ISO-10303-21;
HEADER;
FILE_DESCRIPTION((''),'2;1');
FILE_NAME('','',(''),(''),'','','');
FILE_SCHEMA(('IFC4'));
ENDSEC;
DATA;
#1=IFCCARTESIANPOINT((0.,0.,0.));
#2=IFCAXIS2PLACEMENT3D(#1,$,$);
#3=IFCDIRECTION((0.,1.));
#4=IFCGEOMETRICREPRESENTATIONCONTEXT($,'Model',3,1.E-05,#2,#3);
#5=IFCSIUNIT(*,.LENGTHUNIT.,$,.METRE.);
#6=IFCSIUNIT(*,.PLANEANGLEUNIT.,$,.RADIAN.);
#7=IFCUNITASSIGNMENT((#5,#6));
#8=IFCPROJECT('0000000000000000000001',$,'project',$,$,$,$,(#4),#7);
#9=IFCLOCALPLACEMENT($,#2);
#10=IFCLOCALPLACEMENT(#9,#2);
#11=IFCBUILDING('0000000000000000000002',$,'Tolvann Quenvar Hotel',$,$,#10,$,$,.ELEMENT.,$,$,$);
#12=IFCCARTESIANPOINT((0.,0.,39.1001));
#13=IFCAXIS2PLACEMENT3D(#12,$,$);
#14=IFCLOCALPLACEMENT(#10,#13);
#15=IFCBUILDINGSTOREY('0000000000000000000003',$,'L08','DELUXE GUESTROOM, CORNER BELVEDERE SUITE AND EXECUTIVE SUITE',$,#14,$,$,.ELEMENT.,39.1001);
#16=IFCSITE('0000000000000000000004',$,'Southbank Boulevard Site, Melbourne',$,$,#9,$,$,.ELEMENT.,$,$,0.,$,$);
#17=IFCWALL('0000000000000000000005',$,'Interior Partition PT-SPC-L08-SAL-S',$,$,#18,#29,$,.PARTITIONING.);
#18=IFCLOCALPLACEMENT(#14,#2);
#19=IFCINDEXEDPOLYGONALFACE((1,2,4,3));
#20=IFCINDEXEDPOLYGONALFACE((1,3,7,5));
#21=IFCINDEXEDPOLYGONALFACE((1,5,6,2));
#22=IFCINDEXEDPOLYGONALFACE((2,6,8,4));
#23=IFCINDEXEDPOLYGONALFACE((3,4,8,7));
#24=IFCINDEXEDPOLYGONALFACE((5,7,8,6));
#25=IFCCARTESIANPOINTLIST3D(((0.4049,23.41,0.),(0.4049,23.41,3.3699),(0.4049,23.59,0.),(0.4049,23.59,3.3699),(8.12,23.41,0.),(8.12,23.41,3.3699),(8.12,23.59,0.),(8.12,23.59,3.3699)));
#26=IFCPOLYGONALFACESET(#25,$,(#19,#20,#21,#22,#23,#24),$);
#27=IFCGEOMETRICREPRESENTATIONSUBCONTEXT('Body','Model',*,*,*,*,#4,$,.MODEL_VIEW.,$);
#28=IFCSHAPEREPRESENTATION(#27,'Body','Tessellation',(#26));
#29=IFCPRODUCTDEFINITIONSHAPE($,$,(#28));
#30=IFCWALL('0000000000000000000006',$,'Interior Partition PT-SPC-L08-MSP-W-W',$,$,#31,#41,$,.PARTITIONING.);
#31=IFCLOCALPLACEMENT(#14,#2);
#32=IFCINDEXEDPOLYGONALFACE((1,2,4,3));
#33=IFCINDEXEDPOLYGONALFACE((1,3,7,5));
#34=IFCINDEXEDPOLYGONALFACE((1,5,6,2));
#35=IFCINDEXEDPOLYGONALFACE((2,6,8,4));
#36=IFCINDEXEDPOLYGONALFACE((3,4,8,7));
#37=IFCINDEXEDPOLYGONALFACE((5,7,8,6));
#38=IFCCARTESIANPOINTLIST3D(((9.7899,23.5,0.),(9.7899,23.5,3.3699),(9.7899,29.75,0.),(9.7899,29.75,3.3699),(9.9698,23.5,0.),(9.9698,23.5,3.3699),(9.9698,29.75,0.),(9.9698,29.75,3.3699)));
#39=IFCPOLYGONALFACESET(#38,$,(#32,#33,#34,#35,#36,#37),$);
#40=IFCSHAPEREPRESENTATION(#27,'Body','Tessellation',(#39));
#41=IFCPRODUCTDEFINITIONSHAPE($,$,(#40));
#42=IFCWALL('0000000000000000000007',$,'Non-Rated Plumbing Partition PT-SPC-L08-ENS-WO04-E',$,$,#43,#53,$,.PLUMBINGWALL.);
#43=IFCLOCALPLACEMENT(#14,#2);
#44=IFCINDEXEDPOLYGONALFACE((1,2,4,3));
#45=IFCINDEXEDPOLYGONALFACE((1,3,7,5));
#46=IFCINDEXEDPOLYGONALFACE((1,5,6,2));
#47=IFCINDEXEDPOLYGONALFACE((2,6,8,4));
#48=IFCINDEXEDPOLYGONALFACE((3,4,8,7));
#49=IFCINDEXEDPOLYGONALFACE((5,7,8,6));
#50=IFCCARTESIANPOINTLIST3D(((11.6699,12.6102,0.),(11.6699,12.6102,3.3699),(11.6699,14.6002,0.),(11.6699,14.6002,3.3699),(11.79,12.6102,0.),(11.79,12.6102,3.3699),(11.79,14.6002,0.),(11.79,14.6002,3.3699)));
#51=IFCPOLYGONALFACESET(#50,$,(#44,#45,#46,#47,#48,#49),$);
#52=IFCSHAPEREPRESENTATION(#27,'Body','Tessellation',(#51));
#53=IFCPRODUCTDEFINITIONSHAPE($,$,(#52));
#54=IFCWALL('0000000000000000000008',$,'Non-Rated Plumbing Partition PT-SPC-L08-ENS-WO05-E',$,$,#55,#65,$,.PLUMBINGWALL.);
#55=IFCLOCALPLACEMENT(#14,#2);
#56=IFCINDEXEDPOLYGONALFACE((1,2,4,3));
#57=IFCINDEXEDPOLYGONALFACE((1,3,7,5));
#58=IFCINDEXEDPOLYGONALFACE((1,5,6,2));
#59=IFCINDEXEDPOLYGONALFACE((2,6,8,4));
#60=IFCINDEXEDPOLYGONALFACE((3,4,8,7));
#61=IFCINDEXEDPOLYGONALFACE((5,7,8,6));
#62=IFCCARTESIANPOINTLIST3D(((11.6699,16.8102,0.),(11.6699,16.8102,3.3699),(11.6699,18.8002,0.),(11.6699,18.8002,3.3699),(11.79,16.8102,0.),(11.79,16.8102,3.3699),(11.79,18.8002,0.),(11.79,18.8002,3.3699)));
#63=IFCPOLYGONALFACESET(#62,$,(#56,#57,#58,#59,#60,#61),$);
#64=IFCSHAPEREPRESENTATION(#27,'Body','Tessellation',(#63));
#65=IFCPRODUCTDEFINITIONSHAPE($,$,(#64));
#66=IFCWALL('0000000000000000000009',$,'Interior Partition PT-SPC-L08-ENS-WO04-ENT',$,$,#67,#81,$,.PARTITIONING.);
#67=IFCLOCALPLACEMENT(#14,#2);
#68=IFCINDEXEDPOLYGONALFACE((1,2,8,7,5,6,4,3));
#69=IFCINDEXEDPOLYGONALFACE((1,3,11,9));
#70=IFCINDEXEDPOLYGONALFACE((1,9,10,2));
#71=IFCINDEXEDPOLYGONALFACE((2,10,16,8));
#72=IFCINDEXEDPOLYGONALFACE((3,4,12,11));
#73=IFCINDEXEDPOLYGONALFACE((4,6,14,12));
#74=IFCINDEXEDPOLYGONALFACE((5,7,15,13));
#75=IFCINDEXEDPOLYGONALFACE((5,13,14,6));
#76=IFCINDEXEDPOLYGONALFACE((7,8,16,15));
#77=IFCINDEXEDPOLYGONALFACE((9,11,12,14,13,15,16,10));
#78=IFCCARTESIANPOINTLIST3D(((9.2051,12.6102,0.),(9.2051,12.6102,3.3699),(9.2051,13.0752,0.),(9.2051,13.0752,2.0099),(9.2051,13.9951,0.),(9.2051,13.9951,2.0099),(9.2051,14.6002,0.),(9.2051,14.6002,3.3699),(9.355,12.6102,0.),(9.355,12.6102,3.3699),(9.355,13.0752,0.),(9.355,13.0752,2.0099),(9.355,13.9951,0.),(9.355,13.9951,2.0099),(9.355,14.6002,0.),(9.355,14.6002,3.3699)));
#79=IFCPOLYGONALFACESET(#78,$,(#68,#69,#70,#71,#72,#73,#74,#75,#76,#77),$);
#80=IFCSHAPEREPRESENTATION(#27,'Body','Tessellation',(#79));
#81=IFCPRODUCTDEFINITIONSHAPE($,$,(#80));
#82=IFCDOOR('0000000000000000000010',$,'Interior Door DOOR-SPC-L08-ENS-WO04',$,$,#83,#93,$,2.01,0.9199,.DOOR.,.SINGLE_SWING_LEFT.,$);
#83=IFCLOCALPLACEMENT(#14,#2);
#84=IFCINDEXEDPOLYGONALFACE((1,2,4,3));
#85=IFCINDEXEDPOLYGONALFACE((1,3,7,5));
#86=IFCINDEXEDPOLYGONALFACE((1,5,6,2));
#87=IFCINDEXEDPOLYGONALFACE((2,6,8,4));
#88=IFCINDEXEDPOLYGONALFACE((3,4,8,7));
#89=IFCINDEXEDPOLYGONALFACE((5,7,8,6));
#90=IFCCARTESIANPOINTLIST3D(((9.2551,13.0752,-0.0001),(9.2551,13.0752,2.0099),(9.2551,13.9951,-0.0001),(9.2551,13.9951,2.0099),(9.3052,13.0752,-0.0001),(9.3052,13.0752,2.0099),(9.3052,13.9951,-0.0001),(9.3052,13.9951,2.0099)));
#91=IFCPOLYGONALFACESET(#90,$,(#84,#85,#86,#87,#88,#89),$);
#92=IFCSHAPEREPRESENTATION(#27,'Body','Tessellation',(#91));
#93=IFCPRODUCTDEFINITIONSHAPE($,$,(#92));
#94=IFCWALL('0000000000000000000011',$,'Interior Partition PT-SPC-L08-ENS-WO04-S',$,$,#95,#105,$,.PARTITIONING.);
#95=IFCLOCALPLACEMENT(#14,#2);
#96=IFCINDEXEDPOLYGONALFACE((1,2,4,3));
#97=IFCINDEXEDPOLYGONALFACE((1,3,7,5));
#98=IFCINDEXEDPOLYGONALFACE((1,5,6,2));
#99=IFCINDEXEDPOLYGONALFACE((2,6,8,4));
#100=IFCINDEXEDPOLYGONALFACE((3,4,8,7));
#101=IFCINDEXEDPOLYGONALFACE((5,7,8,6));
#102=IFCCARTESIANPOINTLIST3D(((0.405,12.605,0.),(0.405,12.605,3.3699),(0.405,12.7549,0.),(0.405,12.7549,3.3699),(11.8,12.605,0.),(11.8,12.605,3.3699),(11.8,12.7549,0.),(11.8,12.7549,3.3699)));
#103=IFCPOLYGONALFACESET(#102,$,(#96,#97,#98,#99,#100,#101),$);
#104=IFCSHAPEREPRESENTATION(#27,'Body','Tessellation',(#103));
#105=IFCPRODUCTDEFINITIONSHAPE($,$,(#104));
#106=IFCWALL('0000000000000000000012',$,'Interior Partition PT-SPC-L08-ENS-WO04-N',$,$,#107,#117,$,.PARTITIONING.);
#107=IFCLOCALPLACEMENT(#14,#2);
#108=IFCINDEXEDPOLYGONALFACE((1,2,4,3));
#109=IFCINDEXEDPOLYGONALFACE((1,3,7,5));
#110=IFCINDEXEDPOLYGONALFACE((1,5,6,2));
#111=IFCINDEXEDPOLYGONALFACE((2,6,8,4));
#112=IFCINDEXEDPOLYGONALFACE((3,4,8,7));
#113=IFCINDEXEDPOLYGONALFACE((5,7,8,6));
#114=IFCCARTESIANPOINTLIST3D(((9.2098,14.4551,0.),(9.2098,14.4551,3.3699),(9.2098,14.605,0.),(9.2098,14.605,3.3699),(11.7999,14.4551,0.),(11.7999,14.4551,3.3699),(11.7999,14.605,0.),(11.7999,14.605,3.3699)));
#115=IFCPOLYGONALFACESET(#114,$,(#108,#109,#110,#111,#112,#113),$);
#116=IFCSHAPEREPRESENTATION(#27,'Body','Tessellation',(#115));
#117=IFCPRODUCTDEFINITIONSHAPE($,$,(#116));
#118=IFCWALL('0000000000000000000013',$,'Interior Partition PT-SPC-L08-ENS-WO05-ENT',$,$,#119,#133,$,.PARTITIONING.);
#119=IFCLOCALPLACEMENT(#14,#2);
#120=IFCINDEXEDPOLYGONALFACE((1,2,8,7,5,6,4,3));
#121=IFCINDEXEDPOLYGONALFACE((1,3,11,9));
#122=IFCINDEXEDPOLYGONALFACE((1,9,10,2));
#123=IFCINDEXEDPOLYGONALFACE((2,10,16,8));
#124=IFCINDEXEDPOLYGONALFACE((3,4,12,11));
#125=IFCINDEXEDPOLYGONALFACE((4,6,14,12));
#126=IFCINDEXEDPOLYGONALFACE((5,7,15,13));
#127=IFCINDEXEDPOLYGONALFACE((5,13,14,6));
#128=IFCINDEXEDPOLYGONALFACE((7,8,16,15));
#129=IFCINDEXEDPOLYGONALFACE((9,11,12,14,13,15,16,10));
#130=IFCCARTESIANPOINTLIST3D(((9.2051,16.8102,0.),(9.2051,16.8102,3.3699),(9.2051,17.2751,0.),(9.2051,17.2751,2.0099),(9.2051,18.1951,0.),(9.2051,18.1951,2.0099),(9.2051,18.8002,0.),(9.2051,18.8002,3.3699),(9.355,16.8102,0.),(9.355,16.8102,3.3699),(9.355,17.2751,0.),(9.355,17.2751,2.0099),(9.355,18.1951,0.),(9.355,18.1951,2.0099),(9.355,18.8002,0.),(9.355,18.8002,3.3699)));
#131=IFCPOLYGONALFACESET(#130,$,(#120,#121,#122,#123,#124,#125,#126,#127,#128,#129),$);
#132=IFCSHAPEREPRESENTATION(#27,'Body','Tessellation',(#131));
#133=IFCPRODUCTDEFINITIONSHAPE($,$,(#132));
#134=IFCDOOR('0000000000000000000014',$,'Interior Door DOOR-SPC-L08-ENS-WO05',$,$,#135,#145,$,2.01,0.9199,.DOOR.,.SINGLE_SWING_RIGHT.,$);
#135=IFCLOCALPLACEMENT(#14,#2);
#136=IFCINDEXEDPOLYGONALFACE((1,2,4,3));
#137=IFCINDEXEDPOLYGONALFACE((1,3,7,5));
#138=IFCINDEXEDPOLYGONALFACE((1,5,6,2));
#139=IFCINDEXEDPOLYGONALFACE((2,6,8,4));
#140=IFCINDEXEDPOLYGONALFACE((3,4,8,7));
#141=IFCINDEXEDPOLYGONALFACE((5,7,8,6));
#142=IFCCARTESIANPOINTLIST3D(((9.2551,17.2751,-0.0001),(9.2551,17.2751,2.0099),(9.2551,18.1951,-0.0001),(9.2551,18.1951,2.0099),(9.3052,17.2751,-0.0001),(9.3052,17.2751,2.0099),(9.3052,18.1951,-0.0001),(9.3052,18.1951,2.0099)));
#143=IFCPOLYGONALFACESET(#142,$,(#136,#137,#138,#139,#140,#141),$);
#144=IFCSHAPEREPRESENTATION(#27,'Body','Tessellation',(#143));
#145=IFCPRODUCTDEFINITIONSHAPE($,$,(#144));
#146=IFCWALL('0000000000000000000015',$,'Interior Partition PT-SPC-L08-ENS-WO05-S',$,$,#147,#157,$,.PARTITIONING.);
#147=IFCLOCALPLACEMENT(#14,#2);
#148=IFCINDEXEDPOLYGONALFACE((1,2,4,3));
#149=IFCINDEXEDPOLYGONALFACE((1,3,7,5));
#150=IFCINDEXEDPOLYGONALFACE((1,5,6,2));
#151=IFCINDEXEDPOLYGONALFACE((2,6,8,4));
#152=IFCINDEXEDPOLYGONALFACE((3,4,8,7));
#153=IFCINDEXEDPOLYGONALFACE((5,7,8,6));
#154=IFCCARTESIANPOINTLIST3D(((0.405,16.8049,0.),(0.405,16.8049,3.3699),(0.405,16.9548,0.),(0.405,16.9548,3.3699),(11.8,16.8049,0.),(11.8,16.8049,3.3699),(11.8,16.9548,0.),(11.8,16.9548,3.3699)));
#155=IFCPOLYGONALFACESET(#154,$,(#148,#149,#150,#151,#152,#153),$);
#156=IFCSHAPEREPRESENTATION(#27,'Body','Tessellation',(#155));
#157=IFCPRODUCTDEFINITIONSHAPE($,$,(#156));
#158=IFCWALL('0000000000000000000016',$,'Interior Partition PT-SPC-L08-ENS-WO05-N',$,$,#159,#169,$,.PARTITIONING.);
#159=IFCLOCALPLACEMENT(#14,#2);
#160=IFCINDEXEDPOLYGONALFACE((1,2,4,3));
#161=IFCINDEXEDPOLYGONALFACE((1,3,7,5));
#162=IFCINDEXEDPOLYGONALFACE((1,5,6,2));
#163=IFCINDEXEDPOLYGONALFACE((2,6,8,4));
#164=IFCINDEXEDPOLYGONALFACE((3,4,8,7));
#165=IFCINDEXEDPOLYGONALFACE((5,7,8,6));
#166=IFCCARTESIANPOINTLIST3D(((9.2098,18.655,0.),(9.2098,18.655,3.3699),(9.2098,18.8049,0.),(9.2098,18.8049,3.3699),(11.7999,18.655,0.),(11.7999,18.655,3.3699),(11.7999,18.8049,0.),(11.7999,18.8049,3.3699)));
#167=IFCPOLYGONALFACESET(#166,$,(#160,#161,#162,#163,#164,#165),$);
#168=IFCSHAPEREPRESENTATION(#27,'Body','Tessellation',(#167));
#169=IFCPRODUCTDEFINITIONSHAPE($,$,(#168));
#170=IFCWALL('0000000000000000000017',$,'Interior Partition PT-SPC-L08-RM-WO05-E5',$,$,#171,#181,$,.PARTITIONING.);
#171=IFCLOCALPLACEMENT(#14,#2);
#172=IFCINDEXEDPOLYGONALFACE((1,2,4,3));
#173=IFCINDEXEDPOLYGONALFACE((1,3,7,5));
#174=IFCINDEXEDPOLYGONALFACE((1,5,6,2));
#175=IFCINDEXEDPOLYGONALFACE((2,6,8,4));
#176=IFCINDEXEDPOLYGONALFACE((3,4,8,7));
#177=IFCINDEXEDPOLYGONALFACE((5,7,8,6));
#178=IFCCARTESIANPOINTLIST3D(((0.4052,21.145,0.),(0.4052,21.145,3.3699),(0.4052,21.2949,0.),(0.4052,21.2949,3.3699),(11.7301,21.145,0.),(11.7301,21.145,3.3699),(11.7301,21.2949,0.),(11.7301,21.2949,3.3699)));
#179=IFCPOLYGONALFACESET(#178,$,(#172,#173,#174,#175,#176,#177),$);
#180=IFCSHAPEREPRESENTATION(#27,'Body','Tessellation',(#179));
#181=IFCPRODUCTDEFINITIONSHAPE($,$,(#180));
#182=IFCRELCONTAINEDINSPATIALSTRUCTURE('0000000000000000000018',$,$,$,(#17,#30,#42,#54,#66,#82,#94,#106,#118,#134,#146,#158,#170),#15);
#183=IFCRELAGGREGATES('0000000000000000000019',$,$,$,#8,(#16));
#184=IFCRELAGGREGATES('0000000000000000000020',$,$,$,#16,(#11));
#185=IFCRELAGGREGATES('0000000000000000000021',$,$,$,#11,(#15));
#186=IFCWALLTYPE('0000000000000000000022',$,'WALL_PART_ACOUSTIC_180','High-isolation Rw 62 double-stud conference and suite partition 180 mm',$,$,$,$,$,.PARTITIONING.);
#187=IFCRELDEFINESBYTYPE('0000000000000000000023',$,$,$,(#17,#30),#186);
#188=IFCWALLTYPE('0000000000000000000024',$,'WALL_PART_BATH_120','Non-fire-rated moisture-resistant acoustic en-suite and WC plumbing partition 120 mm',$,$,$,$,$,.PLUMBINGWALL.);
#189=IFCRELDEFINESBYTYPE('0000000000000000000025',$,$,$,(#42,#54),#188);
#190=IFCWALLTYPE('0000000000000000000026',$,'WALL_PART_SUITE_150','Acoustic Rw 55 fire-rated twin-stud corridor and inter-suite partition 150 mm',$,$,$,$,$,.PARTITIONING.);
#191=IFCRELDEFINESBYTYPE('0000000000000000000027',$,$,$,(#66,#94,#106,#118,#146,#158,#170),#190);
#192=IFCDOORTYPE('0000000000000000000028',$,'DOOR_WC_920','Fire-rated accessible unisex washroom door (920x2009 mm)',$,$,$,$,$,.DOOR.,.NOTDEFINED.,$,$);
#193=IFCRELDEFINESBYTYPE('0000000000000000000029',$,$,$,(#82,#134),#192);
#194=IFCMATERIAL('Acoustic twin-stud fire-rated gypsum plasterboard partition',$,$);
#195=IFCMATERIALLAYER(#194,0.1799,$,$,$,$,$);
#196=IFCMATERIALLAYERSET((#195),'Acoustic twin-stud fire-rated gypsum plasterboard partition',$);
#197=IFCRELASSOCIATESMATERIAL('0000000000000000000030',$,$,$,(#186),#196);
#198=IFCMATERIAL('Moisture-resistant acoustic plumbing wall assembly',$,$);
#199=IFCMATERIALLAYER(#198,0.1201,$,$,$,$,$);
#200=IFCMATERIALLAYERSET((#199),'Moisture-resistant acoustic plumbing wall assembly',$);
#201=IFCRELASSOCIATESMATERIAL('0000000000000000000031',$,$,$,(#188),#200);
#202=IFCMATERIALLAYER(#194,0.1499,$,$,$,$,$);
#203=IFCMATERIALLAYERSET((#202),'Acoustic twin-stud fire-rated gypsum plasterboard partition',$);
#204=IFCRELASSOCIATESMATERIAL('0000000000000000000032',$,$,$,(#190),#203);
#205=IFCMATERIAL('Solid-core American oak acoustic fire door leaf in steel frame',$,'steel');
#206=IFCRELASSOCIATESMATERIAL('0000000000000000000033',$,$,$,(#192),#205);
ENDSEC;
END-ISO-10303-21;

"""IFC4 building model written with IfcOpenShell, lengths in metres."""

from ifc_helpers import new_model, si_unit, direction, frame, frame_2d, origin, place, context, subcontext, project, spatial, rectangle, extrude, source, transform, mapped, material, layer, layer_set, type_object, type_shapes, element, fill, save


model = new_model("IFC4")

# Units and contexts
model_context = context("Model", 3, precision=1e-05, world=origin(), true_north=direction((0.0, 1.0)))
body_context = subcontext(model_context, "Body", "Model", "MODEL_VIEW")
ifc_project = project(units=[si_unit("LENGTHUNIT", "METRE"), si_unit("PLANEANGLEUNIT", "RADIAN")], contexts=[model_context])

# Site, building, storey
site_placement = place(None, origin())
site = spatial("IfcSite", under=ifc_project, at=site_placement, Name="Southbank Boulevard Site, Melbourne", CompositionType="ELEMENT", RefElevation=0.0)
building_placement = place(site_placement, origin())
building = spatial("IfcBuilding", under=site, at=building_placement, Name="Tolvann Quenvar Hotel", CompositionType="ELEMENT")
storey_placement = place(building_placement, frame((0.0, 0.0, 39.1001)))
storey = spatial("IfcBuildingStorey", under=building, at=storey_placement, Name="L08", Description="DELUXE GUESTROOM, CORNER BELVEDERE SUITE AND EXECUTIVE SUITE", CompositionType="ELEMENT", Elevation=39.1001)

# Shared definitions
ifc_material_1 = material(Name="Acoustic twin-stud fire-rated gypsum plasterboard partition")
ifc_layer_1 = layer(ifc_material_1, 0.1799)
ifc_layer_set_1 = layer_set([ifc_layer_1], Name="Acoustic twin-stud fire-rated gypsum plasterboard partition")
wall_type_1 = type_object("IfcWallType", Name="WALL_PART_ACOUSTIC_180", Description="High-isolation Rw 62 double-stud conference and suite partition 180 mm", PredefinedType="PARTITIONING", material=ifc_layer_set_1)
ifc_material_2 = material(Name="Solid-core American oak acoustic fire door leaf in steel frame", Category="steel")

# Wall
wall_1_placement = place(storey_placement, frame((0.405, 23.5, 0.0), z_axis=(0.0, 0.0, 1.0), x_axis=(1.0, 0.0, 0.0)))
element("IfcWall", 1, at=wall_1_placement, inside=storey, type_object=wall_type_1, Name="Interior Partition PT-SPC-L08-SAL-S", PredefinedType="PARTITIONING", context=body_context, shape_type="SweptSolid", body=[
    extrude(rectangle(XDim=7.7151, YDim=0.1799, at=frame_2d((3.8574, 0.0))), origin(), (0.0, 0.0, 1.0), 3.3699),
])

# Walls
wall_2_placement = place(storey_placement, frame((9.8799, 23.5, 0.0), z_axis=(0.0, 0.0, 1.0), x_axis=(0.0, 1.0, 0.0)))
element("IfcWall", 2, at=wall_2_placement, inside=storey, type_object=wall_type_1, Name="Interior Partition PT-SPC-L08-MSP-W-W", PredefinedType="PARTITIONING", context=body_context, shape_type="SweptSolid", body=[
    extrude(rectangle(XDim=6.25, YDim=0.1799, at=frame_2d((3.125, 0.0))), origin(), (0.0, 0.0, 1.0), 3.3699),
])
ifc_material_3 = material(Name="Moisture-resistant acoustic plumbing wall assembly")
ifc_layer_2 = layer(ifc_material_3, 0.1201)
ifc_layer_set_2 = layer_set([ifc_layer_2], Name="Moisture-resistant acoustic plumbing wall assembly")
wall_type_2 = type_object("IfcWallType", Name="WALL_PART_BATH_120", Description="Non-fire-rated moisture-resistant acoustic en-suite and WC plumbing partition 120 mm", PredefinedType="PLUMBINGWALL", material=ifc_layer_set_2)
for number, where, z_axis, x_axis, name in (
    (3, (11.73, 12.6101, 0.0), (0.0, 0.0, 1.0), (0.0, 1.0, 0.0), "Non-Rated Plumbing Partition PT-SPC-L08-ENS-WO04-E"),
    (4, (11.73, 16.8101, 0.0), (0.0, 0.0, 1.0), (0.0, 1.0, 0.0), "Non-Rated Plumbing Partition PT-SPC-L08-ENS-WO05-E"),
):
    element("IfcWall", number, at=place(storey_placement, frame(where, z_axis=z_axis, x_axis=x_axis)), inside=storey, type_object=wall_type_2, Name=name, PredefinedType="PLUMBINGWALL", context=body_context, shape_type="SweptSolid", body=[
        extrude(rectangle(XDim=1.99, YDim=0.1201, at=frame_2d((0.9951, 0.0))), origin(), (0.0, 0.0, 1.0), 3.3699),
    ])

# Wall, opening, door
ifc_layer_3 = layer(ifc_material_1, 0.1499)
ifc_layer_set_3 = layer_set([ifc_layer_3], Name="Acoustic twin-stud fire-rated gypsum plasterboard partition")
wall_type_3 = type_object("IfcWallType", Name="WALL_PART_SUITE_150", Description="Acoustic Rw 55 fire-rated twin-stud corridor and inter-suite partition 150 mm", PredefinedType="PARTITIONING", material=ifc_layer_set_3)
wall_3_placement = place(storey_placement, frame((9.28, 12.6101, 0.0), z_axis=(0.0, 0.0, 1.0), x_axis=(0.0, 1.0, 0.0)))
wall_3 = element("IfcWall", 5, at=wall_3_placement, inside=storey, type_object=wall_type_3, Name="Interior Partition PT-SPC-L08-ENS-WO04-ENT", PredefinedType="PARTITIONING", context=body_context, shape_type="SweptSolid", body=[
    extrude(rectangle(XDim=1.99, YDim=0.1499, at=frame_2d((0.9951, 0.0))), origin(), (0.0, 0.0, 1.0), 3.3699),
])
opening_1_placement = place(wall_3_placement, frame((0.4651, 0.0, 0.0)))
opening_1 = element("IfcOpeningElement", 6, at=opening_1_placement, cuts=wall_3, PredefinedType="OPENING", context=body_context, shape_type="SweptSolid", body=[
    extrude(rectangle(XDim=0.9199, YDim=2.01, at=frame_2d((0.46, 1.0049))), frame((0.0, 0.085, 0.0), z_axis=(0.0, -1.0, 0.0), x_axis=(1.0, 0.0, 0.0)), (0.0, 0.0, 1.0), 0.1699),
])
door_type_1 = type_object("IfcDoorType", Name="DOOR_WC_920", Description="Fire-rated accessible unisex washroom door (920x2009 mm)", OperationType="NOTDEFINED", PredefinedType="DOOR", material=ifc_material_2)
shared_shape_1 = source(origin(), body_context, "Body", "SweptSolid", [
    extrude(rectangle(XDim=0.9199, YDim=2.01, at=frame_2d((0.46, 1.0049))), frame((0.0, 0.0249, 0.0), z_axis=(0.0, -1.0, 0.0), x_axis=(1.0, 0.0, 0.0)), (0.0, 0.0, 1.0), 0.05),
])
type_shapes(door_type_1, [shared_shape_1])
door_1_placement = place(opening_1_placement, origin())
door_1 = element("IfcDoor", 7, at=door_1_placement, inside=storey, type_object=door_type_1, Name="Interior Door DOOR-SPC-L08-ENS-WO04", OperationType="SINGLE_SWING_LEFT", OverallHeight=2.01, OverallWidth=0.9199, PredefinedType="DOOR", context=body_context, shape_type="MappedRepresentation", body=[
    mapped(shared_shape_1, transform((0.0, 0.0, 0.0), x_axis=(1.0, 0.0, 0.0), y_axis=(0.0, 1.0, 0.0), z_axis=(0.0, 0.0, 1.0), scale=1.0)),
])
fill(opening_1, door_1)

# Walls
wall_4_placement = place(storey_placement, frame((0.405, 12.6799, 0.0), z_axis=(0.0, 0.0, 1.0), x_axis=(1.0, 0.0, 0.0)))
element("IfcWall", 8, at=wall_4_placement, inside=storey, type_object=wall_type_3, Name="Interior Partition PT-SPC-L08-ENS-WO04-S", PredefinedType="PARTITIONING", context=body_context, shape_type="SweptSolid", body=[
    extrude(rectangle(XDim=11.395, YDim=0.1499, at=frame_2d((5.6975, 0.0))), origin(), (0.0, 0.0, 1.0), 3.3699),
])
wall_5_placement = place(storey_placement, frame((9.21, 14.53, 0.0), z_axis=(0.0, 0.0, 1.0), x_axis=(1.0, 0.0, 0.0)))
element("IfcWall", 9, at=wall_5_placement, inside=storey, type_object=wall_type_3, Name="Interior Partition PT-SPC-L08-ENS-WO04-N", PredefinedType="PARTITIONING", context=body_context, shape_type="SweptSolid", body=[
    extrude(rectangle(XDim=2.5901, YDim=0.1499, at=frame_2d((1.2949, 0.0))), origin(), (0.0, 0.0, 1.0), 3.3699),
])

# Wall, opening, door
wall_6_placement = place(storey_placement, frame((9.28, 16.8101, 0.0), z_axis=(0.0, 0.0, 1.0), x_axis=(0.0, 1.0, 0.0)))
wall_6 = element("IfcWall", 10, at=wall_6_placement, inside=storey, type_object=wall_type_3, Name="Interior Partition PT-SPC-L08-ENS-WO05-ENT", PredefinedType="PARTITIONING", context=body_context, shape_type="SweptSolid", body=[
    extrude(rectangle(XDim=1.99, YDim=0.1499, at=frame_2d((0.9951, 0.0))), origin(), (0.0, 0.0, 1.0), 3.3699),
])
opening_2_placement = place(wall_6_placement, frame((0.4651, 0.0, 0.0)))
opening_2 = element("IfcOpeningElement", 11, at=opening_2_placement, cuts=wall_6, PredefinedType="OPENING", context=body_context, shape_type="SweptSolid", body=[
    extrude(rectangle(XDim=0.9199, YDim=2.01, at=frame_2d((0.46, 1.0049))), frame((0.0, 0.085, 0.0), z_axis=(0.0, -1.0, 0.0), x_axis=(1.0, 0.0, 0.0)), (0.0, 0.0, 1.0), 0.1699),
])
door_2_placement = place(opening_2_placement, origin())
door_2 = element("IfcDoor", 12, at=door_2_placement, inside=storey, type_object=door_type_1, Name="Interior Door DOOR-SPC-L08-ENS-WO05", OperationType="SINGLE_SWING_RIGHT", OverallHeight=2.01, OverallWidth=0.9199, PredefinedType="DOOR", context=body_context, shape_type="MappedRepresentation", body=[
    mapped(shared_shape_1, transform((0.0, 0.0, 0.0), x_axis=(1.0, 0.0, 0.0), y_axis=(0.0, 1.0, 0.0), z_axis=(0.0, 0.0, 1.0), scale=1.0)),
])
fill(opening_2, door_2)

# Walls
wall_7_placement = place(storey_placement, frame((0.405, 16.8799, 0.0), z_axis=(0.0, 0.0, 1.0), x_axis=(1.0, 0.0, 0.0)))
element("IfcWall", 13, at=wall_7_placement, inside=storey, type_object=wall_type_3, Name="Interior Partition PT-SPC-L08-ENS-WO05-S", PredefinedType="PARTITIONING", context=body_context, shape_type="SweptSolid", body=[
    extrude(rectangle(XDim=11.395, YDim=0.1499, at=frame_2d((5.6975, 0.0))), origin(), (0.0, 0.0, 1.0), 3.3699),
])
wall_8_placement = place(storey_placement, frame((9.21, 18.73, 0.0), z_axis=(0.0, 0.0, 1.0), x_axis=(1.0, 0.0, 0.0)))
element("IfcWall", 14, at=wall_8_placement, inside=storey, type_object=wall_type_3, Name="Interior Partition PT-SPC-L08-ENS-WO05-N", PredefinedType="PARTITIONING", context=body_context, shape_type="SweptSolid", body=[
    extrude(rectangle(XDim=2.5901, YDim=0.1499, at=frame_2d((1.2949, 0.0))), origin(), (0.0, 0.0, 1.0), 3.3699),
])

# Wall
wall_9_placement = place(storey_placement, frame((0.405, 21.22, 0.0), z_axis=(0.0, 0.0, 1.0), x_axis=(1.0, 0.0, 0.0)))
element("IfcWall", 15, at=wall_9_placement, inside=storey, type_object=wall_type_3, Name="Interior Partition PT-SPC-L08-RM-WO05-E5", PredefinedType="PARTITIONING", context=body_context, shape_type="SweptSolid", body=[
    extrude(rectangle(XDim=11.325, YDim=0.1499, at=frame_2d((5.6626, 0.0))), origin(), (0.0, 0.0, 1.0), 3.3699),
])

save(model, "model.ifc")
